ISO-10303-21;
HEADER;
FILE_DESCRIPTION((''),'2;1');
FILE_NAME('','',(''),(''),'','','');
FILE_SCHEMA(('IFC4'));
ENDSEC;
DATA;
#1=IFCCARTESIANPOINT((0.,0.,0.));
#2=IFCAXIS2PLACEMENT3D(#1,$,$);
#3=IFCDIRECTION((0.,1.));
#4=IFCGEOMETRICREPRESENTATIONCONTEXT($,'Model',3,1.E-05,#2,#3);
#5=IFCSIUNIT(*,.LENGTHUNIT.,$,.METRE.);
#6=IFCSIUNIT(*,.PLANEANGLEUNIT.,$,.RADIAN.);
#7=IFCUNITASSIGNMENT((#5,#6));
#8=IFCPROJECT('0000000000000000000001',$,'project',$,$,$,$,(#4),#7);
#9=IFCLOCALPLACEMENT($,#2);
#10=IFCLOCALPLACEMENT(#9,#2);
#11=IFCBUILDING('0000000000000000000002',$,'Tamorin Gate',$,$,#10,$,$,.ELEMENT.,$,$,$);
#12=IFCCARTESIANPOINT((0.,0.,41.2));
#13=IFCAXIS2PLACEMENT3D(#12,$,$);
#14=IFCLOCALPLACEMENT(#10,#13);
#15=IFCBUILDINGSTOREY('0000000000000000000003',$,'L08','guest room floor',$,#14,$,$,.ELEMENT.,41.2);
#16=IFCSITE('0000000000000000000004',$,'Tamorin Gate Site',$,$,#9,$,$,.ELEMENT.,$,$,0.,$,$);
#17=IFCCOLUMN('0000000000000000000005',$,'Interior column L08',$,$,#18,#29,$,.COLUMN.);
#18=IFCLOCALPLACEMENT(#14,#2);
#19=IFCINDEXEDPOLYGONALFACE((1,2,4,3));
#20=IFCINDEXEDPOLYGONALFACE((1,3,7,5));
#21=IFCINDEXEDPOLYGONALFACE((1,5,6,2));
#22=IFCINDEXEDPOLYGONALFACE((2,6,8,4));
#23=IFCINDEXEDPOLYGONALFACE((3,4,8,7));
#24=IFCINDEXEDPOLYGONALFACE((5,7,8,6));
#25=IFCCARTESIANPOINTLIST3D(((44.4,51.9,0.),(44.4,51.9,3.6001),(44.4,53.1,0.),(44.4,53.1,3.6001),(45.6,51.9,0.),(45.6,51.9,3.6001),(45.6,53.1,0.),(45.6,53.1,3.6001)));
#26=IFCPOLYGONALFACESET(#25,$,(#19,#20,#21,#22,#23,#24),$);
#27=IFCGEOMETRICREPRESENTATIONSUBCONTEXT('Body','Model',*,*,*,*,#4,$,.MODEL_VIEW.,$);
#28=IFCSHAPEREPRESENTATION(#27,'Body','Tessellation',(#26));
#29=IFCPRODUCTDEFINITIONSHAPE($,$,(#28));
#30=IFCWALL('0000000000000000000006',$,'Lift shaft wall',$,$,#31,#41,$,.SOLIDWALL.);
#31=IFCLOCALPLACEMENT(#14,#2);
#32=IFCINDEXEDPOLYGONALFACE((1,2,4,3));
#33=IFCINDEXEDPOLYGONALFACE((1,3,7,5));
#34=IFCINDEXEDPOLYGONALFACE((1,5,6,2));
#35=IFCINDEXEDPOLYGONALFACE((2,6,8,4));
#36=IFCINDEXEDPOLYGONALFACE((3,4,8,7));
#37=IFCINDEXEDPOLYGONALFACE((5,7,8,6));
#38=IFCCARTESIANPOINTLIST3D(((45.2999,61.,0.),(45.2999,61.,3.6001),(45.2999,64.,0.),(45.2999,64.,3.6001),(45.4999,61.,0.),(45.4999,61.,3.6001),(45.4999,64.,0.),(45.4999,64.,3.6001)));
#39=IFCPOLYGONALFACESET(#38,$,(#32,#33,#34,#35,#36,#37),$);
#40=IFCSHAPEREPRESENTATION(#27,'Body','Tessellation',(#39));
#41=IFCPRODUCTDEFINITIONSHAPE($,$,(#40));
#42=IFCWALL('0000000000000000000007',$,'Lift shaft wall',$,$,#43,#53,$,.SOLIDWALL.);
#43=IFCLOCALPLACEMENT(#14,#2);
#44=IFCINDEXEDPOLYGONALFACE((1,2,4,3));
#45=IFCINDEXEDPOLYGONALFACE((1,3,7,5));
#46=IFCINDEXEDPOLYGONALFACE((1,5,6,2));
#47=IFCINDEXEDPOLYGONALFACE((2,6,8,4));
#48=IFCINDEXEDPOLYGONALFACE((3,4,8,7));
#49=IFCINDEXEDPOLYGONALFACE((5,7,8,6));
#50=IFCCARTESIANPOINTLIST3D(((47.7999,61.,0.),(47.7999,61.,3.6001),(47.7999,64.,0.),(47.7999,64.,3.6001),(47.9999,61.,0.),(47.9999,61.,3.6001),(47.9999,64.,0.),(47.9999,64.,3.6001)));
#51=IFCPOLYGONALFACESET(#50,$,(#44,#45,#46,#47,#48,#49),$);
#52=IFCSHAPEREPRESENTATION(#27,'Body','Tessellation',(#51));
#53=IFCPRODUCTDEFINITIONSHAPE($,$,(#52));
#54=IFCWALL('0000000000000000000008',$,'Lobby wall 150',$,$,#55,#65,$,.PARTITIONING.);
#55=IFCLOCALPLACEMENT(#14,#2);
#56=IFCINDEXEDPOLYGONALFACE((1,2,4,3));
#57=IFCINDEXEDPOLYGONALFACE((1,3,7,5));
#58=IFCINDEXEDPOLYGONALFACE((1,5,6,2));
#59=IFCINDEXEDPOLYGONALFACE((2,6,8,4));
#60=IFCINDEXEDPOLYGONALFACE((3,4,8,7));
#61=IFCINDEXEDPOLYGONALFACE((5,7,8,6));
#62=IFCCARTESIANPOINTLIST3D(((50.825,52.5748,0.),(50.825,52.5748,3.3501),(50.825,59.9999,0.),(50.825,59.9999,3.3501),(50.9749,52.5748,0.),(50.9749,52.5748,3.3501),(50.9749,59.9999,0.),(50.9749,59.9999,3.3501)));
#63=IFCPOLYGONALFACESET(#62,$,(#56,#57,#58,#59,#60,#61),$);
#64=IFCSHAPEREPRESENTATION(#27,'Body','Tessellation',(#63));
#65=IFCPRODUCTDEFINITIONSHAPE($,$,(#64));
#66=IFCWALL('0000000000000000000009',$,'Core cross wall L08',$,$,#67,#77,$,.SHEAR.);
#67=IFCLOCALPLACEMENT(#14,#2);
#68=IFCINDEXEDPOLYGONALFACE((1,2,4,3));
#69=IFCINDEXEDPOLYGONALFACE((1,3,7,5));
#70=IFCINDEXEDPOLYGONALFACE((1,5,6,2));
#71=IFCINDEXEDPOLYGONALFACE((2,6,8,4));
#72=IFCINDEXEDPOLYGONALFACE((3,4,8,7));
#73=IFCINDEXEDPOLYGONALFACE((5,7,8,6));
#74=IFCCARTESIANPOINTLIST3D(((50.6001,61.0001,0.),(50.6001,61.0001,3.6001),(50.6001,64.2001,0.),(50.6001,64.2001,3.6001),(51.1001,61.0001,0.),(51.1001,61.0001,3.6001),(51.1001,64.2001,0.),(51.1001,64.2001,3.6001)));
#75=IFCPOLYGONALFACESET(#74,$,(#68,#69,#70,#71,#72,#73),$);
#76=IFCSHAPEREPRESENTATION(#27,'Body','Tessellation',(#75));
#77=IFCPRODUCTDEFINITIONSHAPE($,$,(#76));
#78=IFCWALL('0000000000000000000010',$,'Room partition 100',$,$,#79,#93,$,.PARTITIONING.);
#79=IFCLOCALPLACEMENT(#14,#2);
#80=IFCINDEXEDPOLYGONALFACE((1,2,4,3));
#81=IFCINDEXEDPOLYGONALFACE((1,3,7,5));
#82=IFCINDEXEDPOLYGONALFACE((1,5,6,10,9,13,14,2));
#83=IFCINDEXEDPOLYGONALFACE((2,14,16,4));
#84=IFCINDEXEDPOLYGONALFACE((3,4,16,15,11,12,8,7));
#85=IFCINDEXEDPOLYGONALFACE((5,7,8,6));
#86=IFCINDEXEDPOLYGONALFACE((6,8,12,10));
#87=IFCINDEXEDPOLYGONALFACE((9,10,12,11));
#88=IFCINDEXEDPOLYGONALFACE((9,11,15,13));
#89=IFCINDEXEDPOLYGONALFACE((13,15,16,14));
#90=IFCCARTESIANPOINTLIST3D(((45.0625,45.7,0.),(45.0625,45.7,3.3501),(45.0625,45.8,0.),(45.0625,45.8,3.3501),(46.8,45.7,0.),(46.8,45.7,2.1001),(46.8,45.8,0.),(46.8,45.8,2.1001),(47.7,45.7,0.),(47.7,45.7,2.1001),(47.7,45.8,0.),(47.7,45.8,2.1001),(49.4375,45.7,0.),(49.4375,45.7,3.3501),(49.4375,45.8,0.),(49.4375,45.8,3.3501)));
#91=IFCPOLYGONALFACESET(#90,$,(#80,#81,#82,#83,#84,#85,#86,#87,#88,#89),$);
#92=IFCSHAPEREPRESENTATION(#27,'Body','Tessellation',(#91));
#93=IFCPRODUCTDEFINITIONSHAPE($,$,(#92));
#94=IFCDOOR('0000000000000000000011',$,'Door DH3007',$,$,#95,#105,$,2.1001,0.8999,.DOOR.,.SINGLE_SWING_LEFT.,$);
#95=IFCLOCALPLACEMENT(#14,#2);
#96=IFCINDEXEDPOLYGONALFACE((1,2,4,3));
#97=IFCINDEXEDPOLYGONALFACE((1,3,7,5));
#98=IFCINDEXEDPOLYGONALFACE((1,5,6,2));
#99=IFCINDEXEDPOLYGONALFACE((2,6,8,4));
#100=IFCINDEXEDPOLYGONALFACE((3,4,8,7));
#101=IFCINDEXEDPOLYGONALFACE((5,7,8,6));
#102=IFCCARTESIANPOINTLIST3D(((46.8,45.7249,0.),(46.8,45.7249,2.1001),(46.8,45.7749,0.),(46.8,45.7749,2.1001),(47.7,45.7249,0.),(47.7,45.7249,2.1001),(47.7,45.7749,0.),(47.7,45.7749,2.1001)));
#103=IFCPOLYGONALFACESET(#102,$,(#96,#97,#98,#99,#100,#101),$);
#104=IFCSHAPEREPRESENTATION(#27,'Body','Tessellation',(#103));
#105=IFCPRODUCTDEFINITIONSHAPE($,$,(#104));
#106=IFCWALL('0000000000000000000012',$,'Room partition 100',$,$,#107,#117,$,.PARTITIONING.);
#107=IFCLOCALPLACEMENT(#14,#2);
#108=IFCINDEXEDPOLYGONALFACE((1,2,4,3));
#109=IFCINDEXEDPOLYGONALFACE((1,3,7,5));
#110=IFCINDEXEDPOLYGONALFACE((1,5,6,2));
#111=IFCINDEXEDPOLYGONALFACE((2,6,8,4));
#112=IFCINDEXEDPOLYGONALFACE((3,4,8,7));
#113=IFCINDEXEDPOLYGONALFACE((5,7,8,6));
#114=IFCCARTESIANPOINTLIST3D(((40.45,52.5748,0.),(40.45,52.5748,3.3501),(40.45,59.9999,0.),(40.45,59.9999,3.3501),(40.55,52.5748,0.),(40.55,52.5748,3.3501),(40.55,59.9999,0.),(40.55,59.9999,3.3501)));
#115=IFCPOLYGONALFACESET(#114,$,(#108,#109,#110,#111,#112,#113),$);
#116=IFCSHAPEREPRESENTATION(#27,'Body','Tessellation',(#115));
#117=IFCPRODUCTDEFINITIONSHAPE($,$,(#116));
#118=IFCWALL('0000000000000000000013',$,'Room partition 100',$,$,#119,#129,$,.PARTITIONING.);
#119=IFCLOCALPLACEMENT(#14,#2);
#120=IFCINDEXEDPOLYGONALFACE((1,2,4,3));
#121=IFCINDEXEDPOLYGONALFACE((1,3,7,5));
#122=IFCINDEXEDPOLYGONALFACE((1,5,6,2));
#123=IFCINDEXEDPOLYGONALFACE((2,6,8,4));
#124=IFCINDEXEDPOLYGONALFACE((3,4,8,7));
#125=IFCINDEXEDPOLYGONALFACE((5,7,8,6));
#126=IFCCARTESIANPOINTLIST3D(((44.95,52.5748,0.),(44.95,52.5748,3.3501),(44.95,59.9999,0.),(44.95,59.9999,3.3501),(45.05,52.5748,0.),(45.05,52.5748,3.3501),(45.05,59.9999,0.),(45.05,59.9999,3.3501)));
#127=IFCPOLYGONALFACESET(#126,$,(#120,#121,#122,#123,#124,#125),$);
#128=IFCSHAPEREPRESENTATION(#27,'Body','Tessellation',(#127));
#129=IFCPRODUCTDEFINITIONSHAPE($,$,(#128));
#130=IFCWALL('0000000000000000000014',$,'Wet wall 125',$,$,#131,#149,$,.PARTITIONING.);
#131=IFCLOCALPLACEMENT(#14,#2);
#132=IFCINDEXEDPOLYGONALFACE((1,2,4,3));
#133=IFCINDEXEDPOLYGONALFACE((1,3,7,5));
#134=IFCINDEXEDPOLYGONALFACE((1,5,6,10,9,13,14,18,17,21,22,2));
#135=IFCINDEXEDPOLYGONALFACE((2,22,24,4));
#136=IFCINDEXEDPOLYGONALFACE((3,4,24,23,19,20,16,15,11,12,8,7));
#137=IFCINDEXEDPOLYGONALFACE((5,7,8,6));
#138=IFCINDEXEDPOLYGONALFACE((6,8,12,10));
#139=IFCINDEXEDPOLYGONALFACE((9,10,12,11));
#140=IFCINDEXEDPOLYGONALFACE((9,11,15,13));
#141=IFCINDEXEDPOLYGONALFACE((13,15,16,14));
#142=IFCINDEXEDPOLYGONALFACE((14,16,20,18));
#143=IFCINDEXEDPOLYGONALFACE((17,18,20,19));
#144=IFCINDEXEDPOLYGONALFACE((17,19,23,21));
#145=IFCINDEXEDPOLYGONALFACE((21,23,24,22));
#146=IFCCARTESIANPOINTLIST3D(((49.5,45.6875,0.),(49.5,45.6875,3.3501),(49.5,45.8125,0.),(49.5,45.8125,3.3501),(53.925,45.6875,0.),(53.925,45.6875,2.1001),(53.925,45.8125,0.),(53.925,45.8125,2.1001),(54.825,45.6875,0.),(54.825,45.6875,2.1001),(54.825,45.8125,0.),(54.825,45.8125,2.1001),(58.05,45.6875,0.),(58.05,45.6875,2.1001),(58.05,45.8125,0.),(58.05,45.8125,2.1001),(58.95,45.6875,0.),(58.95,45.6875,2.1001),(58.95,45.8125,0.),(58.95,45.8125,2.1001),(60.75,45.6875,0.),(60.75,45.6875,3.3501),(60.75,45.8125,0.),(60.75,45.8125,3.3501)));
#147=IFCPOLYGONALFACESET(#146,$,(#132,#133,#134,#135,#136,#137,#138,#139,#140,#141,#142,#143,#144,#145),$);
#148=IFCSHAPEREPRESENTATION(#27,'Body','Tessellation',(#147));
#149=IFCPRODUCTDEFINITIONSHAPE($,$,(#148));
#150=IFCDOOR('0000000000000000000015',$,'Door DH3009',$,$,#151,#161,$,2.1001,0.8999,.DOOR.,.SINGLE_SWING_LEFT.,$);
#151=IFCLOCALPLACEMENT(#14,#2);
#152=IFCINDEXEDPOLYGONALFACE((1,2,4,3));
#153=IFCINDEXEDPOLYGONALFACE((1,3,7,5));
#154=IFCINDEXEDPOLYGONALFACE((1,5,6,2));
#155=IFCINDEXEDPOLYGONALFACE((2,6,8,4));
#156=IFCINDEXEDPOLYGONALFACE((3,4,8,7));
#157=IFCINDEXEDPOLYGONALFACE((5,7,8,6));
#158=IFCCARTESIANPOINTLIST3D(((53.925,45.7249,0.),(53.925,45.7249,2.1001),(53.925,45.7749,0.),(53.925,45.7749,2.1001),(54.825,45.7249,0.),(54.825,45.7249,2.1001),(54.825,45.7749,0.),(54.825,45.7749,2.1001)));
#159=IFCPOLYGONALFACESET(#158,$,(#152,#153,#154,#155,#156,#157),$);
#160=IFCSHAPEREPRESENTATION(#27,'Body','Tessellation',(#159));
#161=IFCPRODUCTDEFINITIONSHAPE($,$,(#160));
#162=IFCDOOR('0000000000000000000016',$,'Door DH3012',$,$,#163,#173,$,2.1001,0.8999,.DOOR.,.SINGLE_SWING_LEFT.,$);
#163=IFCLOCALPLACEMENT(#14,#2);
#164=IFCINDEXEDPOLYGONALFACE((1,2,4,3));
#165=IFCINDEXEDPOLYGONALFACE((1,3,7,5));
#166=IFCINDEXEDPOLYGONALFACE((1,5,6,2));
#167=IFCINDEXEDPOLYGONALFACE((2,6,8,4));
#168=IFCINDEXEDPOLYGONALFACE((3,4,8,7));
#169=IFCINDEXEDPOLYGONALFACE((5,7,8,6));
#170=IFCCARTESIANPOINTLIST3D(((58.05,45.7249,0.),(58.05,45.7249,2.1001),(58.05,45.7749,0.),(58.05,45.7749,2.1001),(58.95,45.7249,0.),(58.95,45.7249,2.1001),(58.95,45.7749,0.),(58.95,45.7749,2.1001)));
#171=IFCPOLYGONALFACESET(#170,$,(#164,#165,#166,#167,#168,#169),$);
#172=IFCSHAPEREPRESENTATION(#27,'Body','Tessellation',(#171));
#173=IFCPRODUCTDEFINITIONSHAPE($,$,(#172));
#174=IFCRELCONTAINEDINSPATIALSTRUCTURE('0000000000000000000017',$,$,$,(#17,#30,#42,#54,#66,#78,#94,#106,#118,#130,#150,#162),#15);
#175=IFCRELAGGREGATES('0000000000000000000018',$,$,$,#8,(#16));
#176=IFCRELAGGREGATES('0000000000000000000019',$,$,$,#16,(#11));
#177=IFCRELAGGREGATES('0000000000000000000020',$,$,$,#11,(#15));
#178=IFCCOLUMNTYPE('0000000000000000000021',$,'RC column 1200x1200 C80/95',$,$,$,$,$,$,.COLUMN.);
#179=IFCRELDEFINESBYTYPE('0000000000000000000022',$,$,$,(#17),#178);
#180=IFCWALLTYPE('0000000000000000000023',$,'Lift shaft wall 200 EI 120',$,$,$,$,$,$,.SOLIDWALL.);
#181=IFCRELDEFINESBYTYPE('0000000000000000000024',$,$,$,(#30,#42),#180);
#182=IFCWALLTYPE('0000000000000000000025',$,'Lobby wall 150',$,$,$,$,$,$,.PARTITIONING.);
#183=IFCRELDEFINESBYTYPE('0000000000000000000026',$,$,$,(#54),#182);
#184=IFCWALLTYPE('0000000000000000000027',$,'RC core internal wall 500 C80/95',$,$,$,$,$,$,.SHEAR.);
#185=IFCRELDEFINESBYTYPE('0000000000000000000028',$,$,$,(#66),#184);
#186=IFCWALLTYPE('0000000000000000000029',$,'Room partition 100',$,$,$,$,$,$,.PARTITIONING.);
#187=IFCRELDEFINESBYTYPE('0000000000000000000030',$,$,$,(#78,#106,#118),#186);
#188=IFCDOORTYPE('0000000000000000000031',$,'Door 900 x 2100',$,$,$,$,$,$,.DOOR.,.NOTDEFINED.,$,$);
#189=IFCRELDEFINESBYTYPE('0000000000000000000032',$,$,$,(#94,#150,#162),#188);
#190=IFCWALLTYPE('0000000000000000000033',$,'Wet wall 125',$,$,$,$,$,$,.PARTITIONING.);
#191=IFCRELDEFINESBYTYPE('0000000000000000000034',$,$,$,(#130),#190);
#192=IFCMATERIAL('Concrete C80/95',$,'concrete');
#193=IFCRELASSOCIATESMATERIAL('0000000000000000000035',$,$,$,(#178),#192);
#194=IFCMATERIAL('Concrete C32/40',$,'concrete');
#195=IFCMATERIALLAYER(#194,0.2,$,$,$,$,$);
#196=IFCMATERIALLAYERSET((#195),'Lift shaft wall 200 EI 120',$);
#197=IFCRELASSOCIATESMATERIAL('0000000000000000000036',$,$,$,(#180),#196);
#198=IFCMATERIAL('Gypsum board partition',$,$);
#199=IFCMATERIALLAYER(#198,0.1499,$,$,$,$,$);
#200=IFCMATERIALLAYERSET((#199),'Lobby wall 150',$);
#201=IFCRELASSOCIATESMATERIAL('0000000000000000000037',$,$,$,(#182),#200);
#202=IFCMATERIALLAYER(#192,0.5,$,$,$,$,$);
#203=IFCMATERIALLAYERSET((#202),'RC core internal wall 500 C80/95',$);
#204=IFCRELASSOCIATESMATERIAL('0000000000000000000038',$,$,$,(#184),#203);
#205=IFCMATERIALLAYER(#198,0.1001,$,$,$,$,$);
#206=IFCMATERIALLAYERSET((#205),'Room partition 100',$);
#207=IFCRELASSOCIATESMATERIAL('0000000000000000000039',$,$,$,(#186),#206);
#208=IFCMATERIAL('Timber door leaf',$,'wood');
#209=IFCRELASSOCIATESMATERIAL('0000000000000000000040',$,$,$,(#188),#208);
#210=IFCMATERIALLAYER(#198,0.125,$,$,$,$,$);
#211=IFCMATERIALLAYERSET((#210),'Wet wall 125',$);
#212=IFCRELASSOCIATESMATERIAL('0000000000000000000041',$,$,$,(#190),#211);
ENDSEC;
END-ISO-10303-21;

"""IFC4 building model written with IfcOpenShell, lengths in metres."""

from ifc_helpers import new_model, si_unit, direction, frame, frame_2d, origin, origin_2d, place, context, subcontext, project, spatial, rectangle, extrude, material, layer, layer_set, material_profile, profile_set, type_object, element, fill, save


model = new_model("IFC4")

# Units and contexts
model_context = context("Model", 3, precision=1e-05, world=origin(), true_north=direction((0.0, 1.0)))
body_context = subcontext(model_context, "Body", "Model", "MODEL_VIEW")
ifc_project = project(units=[si_unit("LENGTHUNIT", "METRE"), si_unit("PLANEANGLEUNIT", "RADIAN")], contexts=[model_context])

# Site, building, storey
site_placement = place(None, origin())
site = spatial("IfcSite", under=ifc_project, at=site_placement, Name="Tamorin Gate Site", CompositionType="ELEMENT", RefElevation=0.0)
building_placement = place(site_placement, origin())
building = spatial("IfcBuilding", under=site, at=building_placement, Name="Tamorin Gate", CompositionType="ELEMENT")
storey_placement = place(building_placement, frame((0.0, 0.0, 41.2)))
storey = spatial("IfcBuildingStorey", under=building, at=storey_placement, Name="L08", Description="guest room floor", CompositionType="ELEMENT", Elevation=41.2)

# Column
ifc_material_1 = material(Name="Concrete C80/95", Category="concrete")
ifc_material_profile = material_profile(ifc_material_1, rectangle(XDim=1.2, YDim=1.2, at=origin_2d()), Name="RC 1200x1200")
ifc_profile_set = profile_set([ifc_material_profile], Name="Concrete C80/95")
column_type = type_object("IfcColumnType", Name="RC column 1200x1200 C80/95", PredefinedType="COLUMN", material=ifc_profile_set)
column_placement = place(storey_placement, frame((45.0, 52.5, 0.0), z_axis=(0.0, 0.0, 1.0), x_axis=(1.0, 0.0, 0.0)))
element("IfcColumn", 1, at=column_placement, inside=storey, type_object=column_type, Name="Interior column L08", PredefinedType="COLUMN", context=body_context, shape_type="SweptSolid", body=[
    extrude(rectangle(XDim=1.2, YDim=1.2, at=origin_2d()), origin(), (0.0, 0.0, 1.0), 3.6001),
])

# Walls
ifc_material_2 = material(Name="Concrete C32/40", Category="concrete")
ifc_layer_1 = layer(ifc_material_2, 0.2)
ifc_layer_set_1 = layer_set([ifc_layer_1], Name="Lift shaft wall 200 EI 120")
wall_type_1 = type_object("IfcWallType", Name="Lift shaft wall 200 EI 120", PredefinedType="SOLIDWALL", material=ifc_layer_set_1)
for number, where, z_axis, x_axis, name in (
    (2, (45.3999, 61.0, 0.0), (0.0, 0.0, 1.0), (0.0, 1.0, 0.0), "Lift shaft wall"),
    (3, (47.8999, 61.0, 0.0), (0.0, 0.0, 1.0), (0.0, 1.0, 0.0), "Lift shaft wall"),
):
    element("IfcWall", number, at=place(storey_placement, frame(where, z_axis=z_axis, x_axis=x_axis)), inside=storey, type_object=wall_type_1, Name=name, PredefinedType="SOLIDWALL", context=body_context, shape_type="SweptSolid", body=[
        extrude(rectangle(XDim=3.0, YDim=0.2, at=frame_2d((1.5, 0.0))), origin(), (0.0, 0.0, 1.0), 3.6001),
    ])
ifc_material_3 = material(Name="Gypsum board partition")
ifc_layer_2 = layer(ifc_material_3, 0.1499)
ifc_layer_set_2 = layer_set([ifc_layer_2], Name="Lobby wall 150")
wall_type_2 = type_object("IfcWallType", Name="Lobby wall 150", PredefinedType="PARTITIONING", material=ifc_layer_set_2)
wall_1_placement = place(storey_placement, frame((50.8999, 52.575, 0.0), z_axis=(0.0, 0.0, 1.0), x_axis=(0.0, 1.0, 0.0)))
element("IfcWall", 4, at=wall_1_placement, inside=storey, type_object=wall_type_2, Name="Lobby wall 150", PredefinedType="PARTITIONING", context=body_context, shape_type="SweptSolid", body=[
    extrude(rectangle(XDim=7.425, YDim=0.1499, at=frame_2d((3.7124, 0.0))), origin(), (0.0, 0.0, 1.0), 3.3501),
])
ifc_layer_3 = layer(ifc_material_1, 0.5)
ifc_layer_set_3 = layer_set([ifc_layer_3], Name="RC core internal wall 500 C80/95")
wall_type_3 = type_object("IfcWallType", Name="RC core internal wall 500 C80/95", PredefinedType="SHEAR", material=ifc_layer_set_3)
wall_2_placement = place(storey_placement, frame((50.8501, 61.0, 0.0), z_axis=(0.0, 0.0, 1.0), x_axis=(0.0, 1.0, 0.0)))
element("IfcWall", 5, at=wall_2_placement, inside=storey, type_object=wall_type_3, Name="Core cross wall L08", PredefinedType="SHEAR", context=body_context, shape_type="SweptSolid", body=[
    extrude(rectangle(XDim=3.2, YDim=0.5, at=frame_2d((1.6001, 0.0))), origin(), (0.0, 0.0, 1.0), 3.6001),
])

# Wall, opening, door
ifc_layer_4 = layer(ifc_material_3, 0.1001)
ifc_layer_set_4 = layer_set([ifc_layer_4], Name="Room partition 100")
wall_type_4 = type_object("IfcWallType", Name="Room partition 100", PredefinedType="PARTITIONING", material=ifc_layer_set_4)
wall_3_placement = place(storey_placement, frame((45.0625, 45.75, 0.0), z_axis=(0.0, 0.0, 1.0), x_axis=(1.0, 0.0, 0.0)))
wall_3 = element("IfcWall", 6, at=wall_3_placement, inside=storey, type_object=wall_type_4, Name="Room partition 100", PredefinedType="PARTITIONING", context=body_context, shape_type="SweptSolid", body=[
    extrude(rectangle(XDim=4.375, YDim=0.1001, at=frame_2d((2.1875, 0.0))), origin(), (0.0, 0.0, 1.0), 3.3501),
])
opening_1_placement = place(wall_3_placement, frame((1.7375, 0.0, 0.0)))
opening_1 = element("IfcOpeningElement", 7, at=opening_1_placement, cuts=wall_3, PredefinedType="OPENING", context=body_context, shape_type="SweptSolid", body=[
    extrude(rectangle(XDim=0.8999, YDim=2.1001, at=frame_2d((0.45, 1.05))), frame((0.0, 0.0601, 0.0), z_axis=(0.0, -1.0, 0.0), x_axis=(1.0, 0.0, 0.0)), (0.0, 0.0, 1.0), 0.1201),
])
ifc_material_4 = material(Name="Timber door leaf", Category="wood")
door_type = type_object("IfcDoorType", Name="Door 900 x 2100", OperationType="NOTDEFINED", PredefinedType="DOOR", material=ifc_material_4)
door_1_placement = place(opening_1_placement, origin())
door_1 = element("IfcDoor", 8, at=door_1_placement, inside=storey, type_object=door_type, Name="Door DH3007", OperationType="SINGLE_SWING_LEFT", OverallHeight=2.1001, OverallWidth=0.8999, PredefinedType="DOOR", context=body_context, shape_type="SweptSolid", body=[
    extrude(rectangle(XDim=0.8999, YDim=2.1001, at=frame_2d((0.45, 1.05))), frame((0.0, 0.0249, 0.0), z_axis=(0.0, -1.0, 0.0), x_axis=(1.0, 0.0, 0.0)), (0.0, 0.0, 1.0), 0.05),
])
fill(opening_1, door_1)

# Walls
for number, where, z_axis, x_axis, name in (
    (9, (40.5, 52.575, 0.0), (0.0, 0.0, 1.0), (0.0, 1.0, 0.0), "Room partition 100"),
    (10, (45.0, 52.575, 0.0), (0.0, 0.0, 1.0), (0.0, 1.0, 0.0), "Room partition 100"),
):
    element("IfcWall", number, at=place(storey_placement, frame(where, z_axis=z_axis, x_axis=x_axis)), inside=storey, type_object=wall_type_4, Name=name, PredefinedType="PARTITIONING", context=body_context, shape_type="SweptSolid", body=[
        extrude(rectangle(XDim=7.425, YDim=0.1001, at=frame_2d((3.7124, 0.0))), origin(), (0.0, 0.0, 1.0), 3.3501),
    ])

# Wall, openings, doors
ifc_layer_5 = layer(ifc_material_3, 0.125)
ifc_layer_set_5 = layer_set([ifc_layer_5], Name="Wet wall 125")
wall_type_5 = type_object("IfcWallType", Name="Wet wall 125", PredefinedType="PARTITIONING", material=ifc_layer_set_5)
wall_4_placement = place(storey_placement, frame((49.5, 45.75, 0.0), z_axis=(0.0, 0.0, 1.0), x_axis=(1.0, 0.0, 0.0)))
wall_4 = element("IfcWall", 11, at=wall_4_placement, inside=storey, type_object=wall_type_5, Name="Wet wall 125", PredefinedType="PARTITIONING", context=body_context, shape_type="SweptSolid", body=[
    extrude(rectangle(XDim=11.25, YDim=0.125, at=frame_2d((5.625, 0.0))), origin(), (0.0, 0.0, 1.0), 3.3501),
])
opening_2_placement = place(wall_4_placement, frame((4.425, 0.0, 0.0)))
opening_2 = element("IfcOpeningElement", 12, at=opening_2_placement, cuts=wall_4, PredefinedType="OPENING", context=body_context, shape_type="SweptSolid", body=[
    extrude(rectangle(XDim=0.8999, YDim=2.1001, at=frame_2d((0.45, 1.05))), frame((0.0, 0.0725, 0.0), z_axis=(0.0, -1.0, 0.0), x_axis=(1.0, 0.0, 0.0)), (0.0, 0.0, 1.0), 0.145),
])
opening_3_placement = place(wall_4_placement, frame((8.55, 0.0, 0.0)))
opening_3 = element("IfcOpeningElement", 13, at=opening_3_placement, cuts=wall_4, PredefinedType="OPENING", context=body_context, shape_type="SweptSolid", body=[
    extrude(rectangle(XDim=0.8999, YDim=2.1001, at=frame_2d((0.45, 1.05))), frame((0.0, 0.0725, 0.0), z_axis=(0.0, -1.0, 0.0), x_axis=(1.0, 0.0, 0.0)), (0.0, 0.0, 1.0), 0.145),
])
door_2_placement = place(opening_2_placement, origin())
door_2 = element("IfcDoor", 14, at=door_2_placement, inside=storey, type_object=door_type, Name="Door DH3009", OperationType="SINGLE_SWING_LEFT", OverallHeight=2.1001, OverallWidth=0.8999, PredefinedType="DOOR", context=body_context, shape_type="SweptSolid", body=[
    extrude(rectangle(XDim=0.8999, YDim=2.1001, at=frame_2d((0.45, 1.05))), frame((0.0, 0.0249, 0.0), z_axis=(0.0, -1.0, 0.0), x_axis=(1.0, 0.0, 0.0)), (0.0, 0.0, 1.0), 0.05),
])
fill(opening_2, door_2)
door_3_placement = place(opening_3_placement, origin())
door_3 = element("IfcDoor", 15, at=door_3_placement, inside=storey, type_object=door_type, Name="Door DH3012", OperationType="SINGLE_SWING_LEFT", OverallHeight=2.1001, OverallWidth=0.8999, PredefinedType="DOOR", context=body_context, shape_type="SweptSolid", body=[
    extrude(rectangle(XDim=0.8999, YDim=2.1001, at=frame_2d((0.45, 1.05))), frame((0.0, 0.0249, 0.0), z_axis=(0.0, -1.0, 0.0), x_axis=(1.0, 0.0, 0.0)), (0.0, 0.0, 1.0), 0.05),
])
fill(opening_3, door_3)

save(model, "model.ifc")
